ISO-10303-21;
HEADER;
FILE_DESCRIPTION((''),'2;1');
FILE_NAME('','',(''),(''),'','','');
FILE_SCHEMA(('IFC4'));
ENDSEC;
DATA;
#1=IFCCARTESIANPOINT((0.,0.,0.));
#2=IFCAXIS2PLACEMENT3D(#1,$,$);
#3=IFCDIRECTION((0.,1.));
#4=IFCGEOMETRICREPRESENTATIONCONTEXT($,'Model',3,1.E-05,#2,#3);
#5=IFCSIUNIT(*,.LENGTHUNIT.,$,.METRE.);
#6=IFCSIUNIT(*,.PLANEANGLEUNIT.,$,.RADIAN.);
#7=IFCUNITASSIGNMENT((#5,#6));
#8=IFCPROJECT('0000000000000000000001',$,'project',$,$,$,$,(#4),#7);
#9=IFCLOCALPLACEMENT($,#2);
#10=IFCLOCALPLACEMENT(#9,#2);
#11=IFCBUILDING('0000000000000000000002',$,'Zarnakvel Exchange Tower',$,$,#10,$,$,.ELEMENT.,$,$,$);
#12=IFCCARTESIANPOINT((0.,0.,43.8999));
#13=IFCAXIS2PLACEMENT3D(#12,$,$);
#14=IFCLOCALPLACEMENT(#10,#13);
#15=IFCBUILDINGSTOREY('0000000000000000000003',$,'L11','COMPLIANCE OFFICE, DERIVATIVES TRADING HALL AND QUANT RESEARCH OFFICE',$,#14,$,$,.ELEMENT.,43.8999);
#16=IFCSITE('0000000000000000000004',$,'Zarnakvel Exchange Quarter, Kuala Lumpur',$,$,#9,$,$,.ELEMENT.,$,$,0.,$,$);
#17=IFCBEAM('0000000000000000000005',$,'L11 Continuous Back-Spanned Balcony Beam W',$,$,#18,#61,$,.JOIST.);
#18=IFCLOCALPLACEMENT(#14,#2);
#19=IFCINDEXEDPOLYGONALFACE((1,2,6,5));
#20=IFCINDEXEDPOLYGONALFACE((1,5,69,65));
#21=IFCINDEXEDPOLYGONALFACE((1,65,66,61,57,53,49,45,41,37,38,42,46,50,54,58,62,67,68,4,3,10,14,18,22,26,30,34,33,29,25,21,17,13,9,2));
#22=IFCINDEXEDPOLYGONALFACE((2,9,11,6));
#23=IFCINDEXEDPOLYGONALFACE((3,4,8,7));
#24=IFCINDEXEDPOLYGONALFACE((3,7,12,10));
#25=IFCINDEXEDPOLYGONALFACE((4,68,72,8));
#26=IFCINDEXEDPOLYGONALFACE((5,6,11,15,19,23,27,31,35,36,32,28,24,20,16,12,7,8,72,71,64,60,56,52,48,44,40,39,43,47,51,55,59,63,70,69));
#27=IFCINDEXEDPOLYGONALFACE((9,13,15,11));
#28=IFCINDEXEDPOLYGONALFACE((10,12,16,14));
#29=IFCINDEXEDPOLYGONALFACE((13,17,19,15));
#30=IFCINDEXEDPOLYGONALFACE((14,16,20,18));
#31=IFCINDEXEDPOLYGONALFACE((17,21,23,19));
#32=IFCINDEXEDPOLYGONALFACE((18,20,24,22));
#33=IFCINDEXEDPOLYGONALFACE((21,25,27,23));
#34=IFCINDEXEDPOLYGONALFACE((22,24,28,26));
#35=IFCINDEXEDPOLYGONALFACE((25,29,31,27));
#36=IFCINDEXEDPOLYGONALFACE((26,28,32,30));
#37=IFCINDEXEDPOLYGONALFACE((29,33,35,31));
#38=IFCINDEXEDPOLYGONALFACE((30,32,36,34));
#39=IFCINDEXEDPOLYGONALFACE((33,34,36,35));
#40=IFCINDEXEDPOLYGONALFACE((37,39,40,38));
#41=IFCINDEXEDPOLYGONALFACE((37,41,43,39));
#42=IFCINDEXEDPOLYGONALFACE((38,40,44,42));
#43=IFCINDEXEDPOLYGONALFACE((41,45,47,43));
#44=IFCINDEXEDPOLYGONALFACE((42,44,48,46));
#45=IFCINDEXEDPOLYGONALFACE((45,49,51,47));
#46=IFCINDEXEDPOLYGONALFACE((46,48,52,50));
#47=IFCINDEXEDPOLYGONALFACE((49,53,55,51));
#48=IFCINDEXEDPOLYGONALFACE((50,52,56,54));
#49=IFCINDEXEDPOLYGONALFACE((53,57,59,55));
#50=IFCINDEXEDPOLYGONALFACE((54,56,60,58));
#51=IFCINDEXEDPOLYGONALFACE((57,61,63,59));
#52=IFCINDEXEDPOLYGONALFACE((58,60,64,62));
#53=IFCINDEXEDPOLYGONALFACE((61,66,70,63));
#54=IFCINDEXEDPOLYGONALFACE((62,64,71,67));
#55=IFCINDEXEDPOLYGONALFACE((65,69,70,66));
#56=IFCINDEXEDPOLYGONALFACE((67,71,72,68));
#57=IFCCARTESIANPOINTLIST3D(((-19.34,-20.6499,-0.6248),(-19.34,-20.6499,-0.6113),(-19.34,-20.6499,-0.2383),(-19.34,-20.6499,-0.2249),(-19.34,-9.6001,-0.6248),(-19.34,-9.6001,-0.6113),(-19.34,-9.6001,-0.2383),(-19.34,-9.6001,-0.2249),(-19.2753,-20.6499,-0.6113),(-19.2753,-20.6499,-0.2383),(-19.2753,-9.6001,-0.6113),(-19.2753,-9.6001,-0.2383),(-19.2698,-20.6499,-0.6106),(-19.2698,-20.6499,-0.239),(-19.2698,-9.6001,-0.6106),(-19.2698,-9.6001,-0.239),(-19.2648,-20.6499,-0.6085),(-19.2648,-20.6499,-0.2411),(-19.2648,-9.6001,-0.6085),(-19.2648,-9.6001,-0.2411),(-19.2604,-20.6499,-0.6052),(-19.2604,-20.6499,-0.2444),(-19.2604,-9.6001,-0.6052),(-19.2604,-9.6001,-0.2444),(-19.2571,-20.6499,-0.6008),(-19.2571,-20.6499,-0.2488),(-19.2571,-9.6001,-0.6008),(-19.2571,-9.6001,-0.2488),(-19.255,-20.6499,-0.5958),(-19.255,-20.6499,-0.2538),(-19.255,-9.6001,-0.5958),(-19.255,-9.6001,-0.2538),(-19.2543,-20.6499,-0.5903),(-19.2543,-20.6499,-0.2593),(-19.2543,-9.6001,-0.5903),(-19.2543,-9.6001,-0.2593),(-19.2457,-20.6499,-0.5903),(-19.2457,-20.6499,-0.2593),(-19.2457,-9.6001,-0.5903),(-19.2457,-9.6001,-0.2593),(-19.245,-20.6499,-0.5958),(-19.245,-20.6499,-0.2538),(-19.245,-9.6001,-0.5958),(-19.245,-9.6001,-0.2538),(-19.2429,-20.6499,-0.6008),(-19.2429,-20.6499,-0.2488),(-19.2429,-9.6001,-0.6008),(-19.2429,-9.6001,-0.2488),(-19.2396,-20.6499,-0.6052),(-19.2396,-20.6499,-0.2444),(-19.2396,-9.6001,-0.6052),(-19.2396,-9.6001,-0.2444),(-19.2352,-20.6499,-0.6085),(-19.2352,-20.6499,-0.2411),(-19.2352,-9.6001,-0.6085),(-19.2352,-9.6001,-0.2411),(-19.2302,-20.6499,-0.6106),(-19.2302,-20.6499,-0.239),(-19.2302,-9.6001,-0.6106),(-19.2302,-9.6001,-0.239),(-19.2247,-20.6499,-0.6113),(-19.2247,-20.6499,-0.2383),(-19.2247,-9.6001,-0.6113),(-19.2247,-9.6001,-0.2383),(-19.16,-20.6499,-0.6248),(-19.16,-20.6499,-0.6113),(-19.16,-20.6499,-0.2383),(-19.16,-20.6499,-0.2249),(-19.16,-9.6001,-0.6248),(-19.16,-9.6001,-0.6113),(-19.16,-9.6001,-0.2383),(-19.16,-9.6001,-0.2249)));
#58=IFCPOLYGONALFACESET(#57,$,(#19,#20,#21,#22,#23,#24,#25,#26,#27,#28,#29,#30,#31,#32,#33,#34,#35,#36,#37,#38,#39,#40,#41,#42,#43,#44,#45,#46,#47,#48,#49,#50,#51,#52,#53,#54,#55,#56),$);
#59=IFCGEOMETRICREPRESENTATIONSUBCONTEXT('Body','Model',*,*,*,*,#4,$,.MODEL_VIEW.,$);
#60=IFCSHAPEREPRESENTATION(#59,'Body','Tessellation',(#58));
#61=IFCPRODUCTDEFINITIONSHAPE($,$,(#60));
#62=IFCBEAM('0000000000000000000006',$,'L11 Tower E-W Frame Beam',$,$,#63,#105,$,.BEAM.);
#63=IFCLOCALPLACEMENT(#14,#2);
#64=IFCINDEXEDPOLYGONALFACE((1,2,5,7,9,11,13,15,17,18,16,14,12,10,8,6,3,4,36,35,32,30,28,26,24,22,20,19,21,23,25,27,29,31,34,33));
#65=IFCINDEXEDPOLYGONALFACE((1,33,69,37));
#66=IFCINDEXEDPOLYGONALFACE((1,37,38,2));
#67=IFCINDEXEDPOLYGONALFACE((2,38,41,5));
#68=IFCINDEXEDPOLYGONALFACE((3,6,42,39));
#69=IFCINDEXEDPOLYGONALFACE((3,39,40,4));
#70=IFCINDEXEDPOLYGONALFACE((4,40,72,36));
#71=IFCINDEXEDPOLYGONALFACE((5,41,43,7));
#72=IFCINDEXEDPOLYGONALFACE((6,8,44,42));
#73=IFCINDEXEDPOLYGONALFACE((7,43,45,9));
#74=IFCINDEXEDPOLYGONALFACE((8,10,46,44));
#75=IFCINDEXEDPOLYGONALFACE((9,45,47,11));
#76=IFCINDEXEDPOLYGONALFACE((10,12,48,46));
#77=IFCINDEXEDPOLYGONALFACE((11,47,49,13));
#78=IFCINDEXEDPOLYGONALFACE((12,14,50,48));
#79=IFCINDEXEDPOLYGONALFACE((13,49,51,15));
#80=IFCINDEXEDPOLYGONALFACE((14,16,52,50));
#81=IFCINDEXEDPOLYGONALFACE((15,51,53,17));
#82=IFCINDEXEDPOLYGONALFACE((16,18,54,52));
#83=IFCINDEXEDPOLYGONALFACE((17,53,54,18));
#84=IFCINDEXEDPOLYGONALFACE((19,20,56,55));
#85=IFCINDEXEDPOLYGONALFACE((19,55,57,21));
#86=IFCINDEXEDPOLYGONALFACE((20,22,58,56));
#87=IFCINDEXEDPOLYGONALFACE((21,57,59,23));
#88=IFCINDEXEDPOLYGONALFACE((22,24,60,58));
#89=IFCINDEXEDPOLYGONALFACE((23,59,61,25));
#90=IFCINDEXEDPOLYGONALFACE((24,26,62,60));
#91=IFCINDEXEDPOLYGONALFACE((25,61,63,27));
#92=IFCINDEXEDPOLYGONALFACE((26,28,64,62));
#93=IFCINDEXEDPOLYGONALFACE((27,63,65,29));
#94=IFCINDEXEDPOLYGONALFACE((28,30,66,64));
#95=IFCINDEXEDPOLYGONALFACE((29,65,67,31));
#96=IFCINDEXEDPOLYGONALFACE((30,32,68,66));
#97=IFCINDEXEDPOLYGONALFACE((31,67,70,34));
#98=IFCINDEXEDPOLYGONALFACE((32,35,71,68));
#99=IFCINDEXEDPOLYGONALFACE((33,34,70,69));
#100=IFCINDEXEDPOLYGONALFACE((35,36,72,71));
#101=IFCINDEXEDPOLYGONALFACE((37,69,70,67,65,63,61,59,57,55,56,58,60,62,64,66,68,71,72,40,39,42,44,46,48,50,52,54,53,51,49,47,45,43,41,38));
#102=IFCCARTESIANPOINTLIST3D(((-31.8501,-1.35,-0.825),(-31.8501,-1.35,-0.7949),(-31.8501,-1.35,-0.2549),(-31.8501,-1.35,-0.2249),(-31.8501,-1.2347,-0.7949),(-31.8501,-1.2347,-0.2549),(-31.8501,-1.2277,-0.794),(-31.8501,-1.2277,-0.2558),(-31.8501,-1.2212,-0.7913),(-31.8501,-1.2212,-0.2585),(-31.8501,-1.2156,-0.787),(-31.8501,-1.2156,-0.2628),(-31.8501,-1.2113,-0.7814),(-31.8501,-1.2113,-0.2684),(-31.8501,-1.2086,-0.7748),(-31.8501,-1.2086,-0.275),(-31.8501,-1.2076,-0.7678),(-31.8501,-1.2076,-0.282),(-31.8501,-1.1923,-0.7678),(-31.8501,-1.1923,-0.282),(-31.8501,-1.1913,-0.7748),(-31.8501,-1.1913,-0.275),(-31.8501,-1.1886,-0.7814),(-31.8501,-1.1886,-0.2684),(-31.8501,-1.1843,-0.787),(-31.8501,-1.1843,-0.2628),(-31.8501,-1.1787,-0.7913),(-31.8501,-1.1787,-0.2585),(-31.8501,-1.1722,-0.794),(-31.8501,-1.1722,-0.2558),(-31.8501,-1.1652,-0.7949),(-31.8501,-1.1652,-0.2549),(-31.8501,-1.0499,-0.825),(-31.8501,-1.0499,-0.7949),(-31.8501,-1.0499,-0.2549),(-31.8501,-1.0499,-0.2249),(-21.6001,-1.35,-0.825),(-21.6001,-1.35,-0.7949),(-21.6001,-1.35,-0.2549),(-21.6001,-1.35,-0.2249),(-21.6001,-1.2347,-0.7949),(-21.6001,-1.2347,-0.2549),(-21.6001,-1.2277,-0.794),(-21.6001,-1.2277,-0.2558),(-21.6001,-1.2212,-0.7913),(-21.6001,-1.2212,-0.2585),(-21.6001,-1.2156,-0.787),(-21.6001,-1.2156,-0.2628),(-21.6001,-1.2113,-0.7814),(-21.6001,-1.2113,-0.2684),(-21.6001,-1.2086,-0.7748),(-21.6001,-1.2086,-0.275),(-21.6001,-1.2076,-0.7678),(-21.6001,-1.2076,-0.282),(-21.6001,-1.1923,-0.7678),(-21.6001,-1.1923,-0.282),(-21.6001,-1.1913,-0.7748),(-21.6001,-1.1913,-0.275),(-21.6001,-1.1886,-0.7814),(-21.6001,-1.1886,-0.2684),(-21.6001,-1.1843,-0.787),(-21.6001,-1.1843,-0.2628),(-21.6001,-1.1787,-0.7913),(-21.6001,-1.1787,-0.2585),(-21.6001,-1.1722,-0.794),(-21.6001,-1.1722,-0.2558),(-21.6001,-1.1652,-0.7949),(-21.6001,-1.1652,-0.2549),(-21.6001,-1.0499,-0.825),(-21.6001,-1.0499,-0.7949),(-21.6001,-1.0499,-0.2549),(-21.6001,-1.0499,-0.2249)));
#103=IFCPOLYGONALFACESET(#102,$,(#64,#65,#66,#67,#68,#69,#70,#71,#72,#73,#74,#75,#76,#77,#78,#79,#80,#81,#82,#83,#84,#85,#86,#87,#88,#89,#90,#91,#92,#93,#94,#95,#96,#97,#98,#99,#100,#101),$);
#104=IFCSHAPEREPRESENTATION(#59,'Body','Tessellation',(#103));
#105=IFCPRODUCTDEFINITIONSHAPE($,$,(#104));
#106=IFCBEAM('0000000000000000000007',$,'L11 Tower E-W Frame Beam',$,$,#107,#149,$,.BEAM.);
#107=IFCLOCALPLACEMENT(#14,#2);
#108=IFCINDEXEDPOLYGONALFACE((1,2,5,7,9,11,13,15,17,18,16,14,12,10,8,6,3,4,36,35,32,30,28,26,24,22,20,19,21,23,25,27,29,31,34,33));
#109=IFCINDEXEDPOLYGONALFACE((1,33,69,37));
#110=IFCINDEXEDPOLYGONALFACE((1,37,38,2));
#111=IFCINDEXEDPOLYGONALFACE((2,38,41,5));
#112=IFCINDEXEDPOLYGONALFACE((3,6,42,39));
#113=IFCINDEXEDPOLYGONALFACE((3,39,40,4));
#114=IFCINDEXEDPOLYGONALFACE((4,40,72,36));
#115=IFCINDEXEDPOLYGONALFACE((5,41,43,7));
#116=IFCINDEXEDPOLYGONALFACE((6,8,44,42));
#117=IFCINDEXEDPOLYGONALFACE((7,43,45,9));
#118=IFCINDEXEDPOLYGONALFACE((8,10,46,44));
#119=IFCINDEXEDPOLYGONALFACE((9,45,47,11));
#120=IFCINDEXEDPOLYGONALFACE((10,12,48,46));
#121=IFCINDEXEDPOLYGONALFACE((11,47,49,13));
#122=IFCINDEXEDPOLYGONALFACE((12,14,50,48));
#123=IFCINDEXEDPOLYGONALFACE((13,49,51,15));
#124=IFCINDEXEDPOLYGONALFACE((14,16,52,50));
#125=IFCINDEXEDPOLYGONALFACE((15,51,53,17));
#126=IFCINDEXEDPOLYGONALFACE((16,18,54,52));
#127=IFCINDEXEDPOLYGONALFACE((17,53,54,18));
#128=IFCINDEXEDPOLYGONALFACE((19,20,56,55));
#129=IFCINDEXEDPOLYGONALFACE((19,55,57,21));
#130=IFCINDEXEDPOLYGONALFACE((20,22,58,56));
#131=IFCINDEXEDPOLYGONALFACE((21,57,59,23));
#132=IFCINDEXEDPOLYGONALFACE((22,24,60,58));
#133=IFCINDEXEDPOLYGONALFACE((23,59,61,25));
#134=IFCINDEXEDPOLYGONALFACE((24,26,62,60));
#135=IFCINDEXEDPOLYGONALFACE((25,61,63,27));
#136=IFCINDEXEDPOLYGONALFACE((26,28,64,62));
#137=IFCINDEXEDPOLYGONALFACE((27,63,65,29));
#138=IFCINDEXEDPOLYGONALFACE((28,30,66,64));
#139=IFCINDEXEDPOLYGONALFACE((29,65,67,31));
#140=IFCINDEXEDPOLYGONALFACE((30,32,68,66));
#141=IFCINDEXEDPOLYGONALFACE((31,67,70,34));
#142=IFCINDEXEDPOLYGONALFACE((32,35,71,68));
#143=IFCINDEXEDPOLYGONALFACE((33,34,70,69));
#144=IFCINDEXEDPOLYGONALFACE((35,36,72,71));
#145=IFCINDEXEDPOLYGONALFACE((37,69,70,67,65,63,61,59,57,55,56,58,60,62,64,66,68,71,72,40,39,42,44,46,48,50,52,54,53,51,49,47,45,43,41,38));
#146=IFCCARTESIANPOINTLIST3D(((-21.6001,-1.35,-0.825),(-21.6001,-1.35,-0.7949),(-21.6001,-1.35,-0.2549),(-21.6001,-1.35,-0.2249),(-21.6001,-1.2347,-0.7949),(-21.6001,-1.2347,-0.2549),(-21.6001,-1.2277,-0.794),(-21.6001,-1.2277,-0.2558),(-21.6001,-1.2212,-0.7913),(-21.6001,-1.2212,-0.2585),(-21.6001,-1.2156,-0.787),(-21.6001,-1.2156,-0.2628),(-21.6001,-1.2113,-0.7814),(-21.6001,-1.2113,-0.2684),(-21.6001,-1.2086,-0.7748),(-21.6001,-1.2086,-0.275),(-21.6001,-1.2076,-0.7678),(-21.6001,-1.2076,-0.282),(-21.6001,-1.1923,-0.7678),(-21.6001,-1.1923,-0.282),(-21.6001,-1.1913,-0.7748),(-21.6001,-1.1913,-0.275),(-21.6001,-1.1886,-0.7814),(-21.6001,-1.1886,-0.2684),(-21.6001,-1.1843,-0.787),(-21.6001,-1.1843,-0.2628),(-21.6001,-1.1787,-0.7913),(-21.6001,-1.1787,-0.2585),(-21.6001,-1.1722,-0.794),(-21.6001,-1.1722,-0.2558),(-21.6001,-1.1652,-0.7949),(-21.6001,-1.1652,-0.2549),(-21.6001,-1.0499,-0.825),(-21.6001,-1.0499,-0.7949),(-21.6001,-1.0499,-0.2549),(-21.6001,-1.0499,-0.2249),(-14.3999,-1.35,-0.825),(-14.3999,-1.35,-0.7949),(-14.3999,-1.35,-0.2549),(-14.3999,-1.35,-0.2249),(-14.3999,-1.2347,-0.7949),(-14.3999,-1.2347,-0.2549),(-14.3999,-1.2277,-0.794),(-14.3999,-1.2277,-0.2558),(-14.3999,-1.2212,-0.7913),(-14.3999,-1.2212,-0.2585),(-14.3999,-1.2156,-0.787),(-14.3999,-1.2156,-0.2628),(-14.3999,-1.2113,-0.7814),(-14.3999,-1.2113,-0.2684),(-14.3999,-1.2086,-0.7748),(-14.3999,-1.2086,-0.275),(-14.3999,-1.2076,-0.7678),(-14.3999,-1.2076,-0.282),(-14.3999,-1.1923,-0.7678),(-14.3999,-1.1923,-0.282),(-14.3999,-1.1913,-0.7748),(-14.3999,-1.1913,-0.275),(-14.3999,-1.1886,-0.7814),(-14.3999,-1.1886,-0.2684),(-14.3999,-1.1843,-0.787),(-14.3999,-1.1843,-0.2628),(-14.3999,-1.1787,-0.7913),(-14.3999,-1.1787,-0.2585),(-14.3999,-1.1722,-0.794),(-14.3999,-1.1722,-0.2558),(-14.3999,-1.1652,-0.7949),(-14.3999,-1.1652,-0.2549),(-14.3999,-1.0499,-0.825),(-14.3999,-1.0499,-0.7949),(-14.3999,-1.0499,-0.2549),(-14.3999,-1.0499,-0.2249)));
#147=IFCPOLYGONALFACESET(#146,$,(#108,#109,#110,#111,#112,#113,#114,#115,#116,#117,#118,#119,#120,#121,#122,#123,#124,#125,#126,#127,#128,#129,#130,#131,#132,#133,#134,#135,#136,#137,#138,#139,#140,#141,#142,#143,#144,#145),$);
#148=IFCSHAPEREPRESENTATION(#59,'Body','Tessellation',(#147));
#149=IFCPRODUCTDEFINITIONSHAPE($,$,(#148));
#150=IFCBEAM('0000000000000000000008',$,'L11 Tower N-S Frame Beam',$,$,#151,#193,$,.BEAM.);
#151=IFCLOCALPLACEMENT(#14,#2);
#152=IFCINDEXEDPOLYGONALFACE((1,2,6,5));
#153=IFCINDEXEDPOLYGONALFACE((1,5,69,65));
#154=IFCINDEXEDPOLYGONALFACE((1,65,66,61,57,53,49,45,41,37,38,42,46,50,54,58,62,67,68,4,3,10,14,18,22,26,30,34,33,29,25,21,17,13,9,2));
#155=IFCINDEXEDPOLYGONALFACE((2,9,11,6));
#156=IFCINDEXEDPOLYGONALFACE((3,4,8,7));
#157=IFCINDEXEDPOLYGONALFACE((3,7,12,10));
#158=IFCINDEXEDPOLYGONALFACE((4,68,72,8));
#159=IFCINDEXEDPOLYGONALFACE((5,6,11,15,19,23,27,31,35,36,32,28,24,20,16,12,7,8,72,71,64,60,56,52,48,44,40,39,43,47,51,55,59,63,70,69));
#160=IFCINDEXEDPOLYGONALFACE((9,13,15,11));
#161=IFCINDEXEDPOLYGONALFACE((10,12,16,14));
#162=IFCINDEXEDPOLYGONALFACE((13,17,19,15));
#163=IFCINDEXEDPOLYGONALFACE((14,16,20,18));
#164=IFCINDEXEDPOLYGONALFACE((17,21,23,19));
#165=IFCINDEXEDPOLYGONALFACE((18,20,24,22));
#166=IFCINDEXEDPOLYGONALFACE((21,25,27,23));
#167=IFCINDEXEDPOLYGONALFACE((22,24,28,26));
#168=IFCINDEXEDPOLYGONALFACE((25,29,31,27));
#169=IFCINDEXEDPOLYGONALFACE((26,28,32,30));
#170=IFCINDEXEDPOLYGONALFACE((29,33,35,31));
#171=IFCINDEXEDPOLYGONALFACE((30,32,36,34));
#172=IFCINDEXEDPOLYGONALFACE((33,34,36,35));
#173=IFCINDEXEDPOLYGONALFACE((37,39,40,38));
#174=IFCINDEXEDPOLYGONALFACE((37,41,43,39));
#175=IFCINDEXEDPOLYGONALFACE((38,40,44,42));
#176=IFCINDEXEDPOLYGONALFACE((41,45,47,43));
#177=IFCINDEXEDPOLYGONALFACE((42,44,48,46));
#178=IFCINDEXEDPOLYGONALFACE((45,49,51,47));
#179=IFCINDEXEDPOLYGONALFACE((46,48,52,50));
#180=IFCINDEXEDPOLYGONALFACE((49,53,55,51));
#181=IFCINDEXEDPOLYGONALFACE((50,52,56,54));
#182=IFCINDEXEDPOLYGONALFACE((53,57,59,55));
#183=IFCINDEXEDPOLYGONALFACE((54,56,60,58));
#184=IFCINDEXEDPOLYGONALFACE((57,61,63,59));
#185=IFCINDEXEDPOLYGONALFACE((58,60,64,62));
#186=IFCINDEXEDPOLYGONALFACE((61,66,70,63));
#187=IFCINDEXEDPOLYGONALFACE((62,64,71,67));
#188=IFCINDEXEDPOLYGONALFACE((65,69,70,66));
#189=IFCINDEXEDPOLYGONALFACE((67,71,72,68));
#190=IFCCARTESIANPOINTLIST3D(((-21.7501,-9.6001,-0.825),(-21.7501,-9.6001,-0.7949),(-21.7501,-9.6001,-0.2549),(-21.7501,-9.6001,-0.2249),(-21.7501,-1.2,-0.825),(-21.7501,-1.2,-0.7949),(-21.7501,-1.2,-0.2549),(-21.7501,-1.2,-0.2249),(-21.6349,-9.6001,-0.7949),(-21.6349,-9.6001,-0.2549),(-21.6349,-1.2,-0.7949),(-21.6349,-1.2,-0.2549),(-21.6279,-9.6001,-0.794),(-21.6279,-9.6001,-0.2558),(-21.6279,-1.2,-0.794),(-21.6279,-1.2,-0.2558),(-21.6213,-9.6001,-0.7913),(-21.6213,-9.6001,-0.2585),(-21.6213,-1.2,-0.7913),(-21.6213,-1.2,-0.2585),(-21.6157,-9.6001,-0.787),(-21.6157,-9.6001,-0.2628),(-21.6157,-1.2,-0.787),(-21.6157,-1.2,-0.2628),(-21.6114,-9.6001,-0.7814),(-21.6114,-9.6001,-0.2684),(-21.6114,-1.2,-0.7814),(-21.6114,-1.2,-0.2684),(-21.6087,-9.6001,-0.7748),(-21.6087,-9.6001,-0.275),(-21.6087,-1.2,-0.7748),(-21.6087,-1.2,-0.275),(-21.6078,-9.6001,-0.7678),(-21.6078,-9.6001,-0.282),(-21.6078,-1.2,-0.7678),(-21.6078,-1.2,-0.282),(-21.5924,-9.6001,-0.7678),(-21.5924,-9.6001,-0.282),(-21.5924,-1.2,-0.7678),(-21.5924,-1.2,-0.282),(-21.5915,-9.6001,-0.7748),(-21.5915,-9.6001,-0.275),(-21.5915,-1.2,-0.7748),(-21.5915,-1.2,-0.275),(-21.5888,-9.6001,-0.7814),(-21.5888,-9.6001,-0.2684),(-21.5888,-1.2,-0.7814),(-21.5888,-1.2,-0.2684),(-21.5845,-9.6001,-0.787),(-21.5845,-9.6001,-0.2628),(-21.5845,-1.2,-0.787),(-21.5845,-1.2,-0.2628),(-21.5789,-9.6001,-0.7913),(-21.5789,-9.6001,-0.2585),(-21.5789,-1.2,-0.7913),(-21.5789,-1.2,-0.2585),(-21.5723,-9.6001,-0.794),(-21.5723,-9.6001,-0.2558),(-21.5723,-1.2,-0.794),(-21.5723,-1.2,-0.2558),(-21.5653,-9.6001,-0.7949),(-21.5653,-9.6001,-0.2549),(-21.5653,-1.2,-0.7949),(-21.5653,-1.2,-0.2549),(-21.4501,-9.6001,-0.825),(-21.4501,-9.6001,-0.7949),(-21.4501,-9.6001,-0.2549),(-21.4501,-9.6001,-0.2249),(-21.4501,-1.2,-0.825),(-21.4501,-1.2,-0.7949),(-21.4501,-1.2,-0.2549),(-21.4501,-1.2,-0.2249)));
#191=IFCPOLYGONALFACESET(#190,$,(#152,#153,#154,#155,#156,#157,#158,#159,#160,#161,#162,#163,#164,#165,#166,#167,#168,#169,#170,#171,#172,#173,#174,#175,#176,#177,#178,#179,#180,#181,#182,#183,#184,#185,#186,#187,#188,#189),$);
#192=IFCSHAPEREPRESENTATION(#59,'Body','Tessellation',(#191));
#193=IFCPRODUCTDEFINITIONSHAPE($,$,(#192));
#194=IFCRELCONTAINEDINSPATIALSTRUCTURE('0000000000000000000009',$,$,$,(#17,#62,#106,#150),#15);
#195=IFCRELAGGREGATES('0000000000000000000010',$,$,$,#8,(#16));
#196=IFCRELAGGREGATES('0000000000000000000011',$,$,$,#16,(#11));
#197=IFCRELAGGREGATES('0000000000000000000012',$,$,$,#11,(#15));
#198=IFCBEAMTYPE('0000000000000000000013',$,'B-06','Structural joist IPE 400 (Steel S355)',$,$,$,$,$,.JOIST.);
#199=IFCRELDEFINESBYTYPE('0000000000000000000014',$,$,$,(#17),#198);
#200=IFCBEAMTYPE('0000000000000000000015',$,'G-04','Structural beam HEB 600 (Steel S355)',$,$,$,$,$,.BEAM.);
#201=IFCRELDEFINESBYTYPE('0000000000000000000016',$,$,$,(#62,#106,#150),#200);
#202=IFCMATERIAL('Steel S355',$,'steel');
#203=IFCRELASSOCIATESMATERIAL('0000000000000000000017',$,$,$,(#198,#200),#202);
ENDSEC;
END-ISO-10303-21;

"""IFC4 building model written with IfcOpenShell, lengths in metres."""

from ifc_helpers import new_model, si_unit, direction, frame, origin, origin_2d, place, context, subcontext, project, spatial, i_section, extrude, material, material_profile, profile_set, type_object, element, save


model = new_model("IFC4")

# Units and contexts
model_context = context("Model", 3, precision=1e-05, world=origin(), true_north=direction((0.0, 1.0)))
body_context = subcontext(model_context, "Body", "Model", "MODEL_VIEW")
ifc_project = project(units=[si_unit("LENGTHUNIT", "METRE"), si_unit("PLANEANGLEUNIT", "RADIAN")], contexts=[model_context])

# Site, building, storey
site_placement = place(None, origin())
site = spatial("IfcSite", under=ifc_project, at=site_placement, Name="Zarnakvel Exchange Quarter, Kuala Lumpur", CompositionType="ELEMENT", RefElevation=0.0)
building_placement = place(site_placement, origin())
building = spatial("IfcBuilding", under=site, at=building_placement, Name="Zarnakvel Exchange Tower", CompositionType="ELEMENT")
storey_placement = place(building_placement, frame((0.0, 0.0, 43.8999)))
storey = spatial("IfcBuildingStorey", under=building, at=storey_placement, Name="L11", Description="COMPLIANCE OFFICE, DERIVATIVES TRADING HALL AND QUANT RESEARCH OFFICE", CompositionType="ELEMENT", Elevation=43.8999)

# Shared definitions
ifc_material_1 = material(Name="Steel S355", Category="steel")

# Beams
ifc_material_profile_1 = material_profile(ifc_material_1, i_section(OverallWidth=0.1799, OverallDepth=0.3999, WebThickness=0.0085, FlangeThickness=0.0134, FilletRadius=0.021, at=origin_2d()))
ifc_profile_set_1 = profile_set([ifc_material_profile_1], Name="Steel S355")
beam_type_1 = type_object("IfcBeamType", Name="B-06", Description="Structural joist IPE 400 (Steel S355)", PredefinedType="JOIST", material=ifc_profile_set_1)
beam_1_placement = place(storey_placement, frame((-19.25, -9.6001, -0.4248), z_axis=(0.0, -1.0, 0.0), x_axis=(1.0, 0.0, 0.0)))
element("IfcBeam", 1, at=beam_1_placement, inside=storey, type_object=beam_type_1, Name="L11 Continuous Back-Spanned Balcony Beam W", PredefinedType="JOIST", context=body_context, shape_type="SweptSolid", body=[
    extrude(i_section(OverallWidth=0.1799, OverallDepth=0.3999, WebThickness=0.0085, FlangeThickness=0.0134, FilletRadius=0.021, at=origin_2d()), origin(), (0.0, 0.0, 1.0), 11.0498),
])
ifc_material_profile_2 = material_profile(ifc_material_1, i_section(OverallWidth=0.3, OverallDepth=0.6001, WebThickness=0.0154, FlangeThickness=0.03, FilletRadius=0.0271, at=origin_2d()))
ifc_profile_set_2 = profile_set([ifc_material_profile_2], Name="Steel S355")
beam_type_2 = type_object("IfcBeamType", Name="G-04", Description="Structural beam HEB 600 (Steel S355)", PredefinedType="BEAM", material=ifc_profile_set_2)
beam_2_placement = place(storey_placement, frame((-31.8501, -1.2, -0.5249), z_axis=(1.0, 0.0, 0.0), x_axis=(0.0, 1.0, 0.0)))
element("IfcBeam", 2, at=beam_2_placement, inside=storey, type_object=beam_type_2, Name="L11 Tower E-W Frame Beam", PredefinedType="BEAM", context=body_context, shape_type="SweptSolid", body=[
    extrude(i_section(OverallWidth=0.3, OverallDepth=0.6001, WebThickness=0.0154, FlangeThickness=0.03, FilletRadius=0.0271, at=origin_2d()), origin(), (0.0, 0.0, 1.0), 10.25),
])
beam_3_placement = place(storey_placement, frame((-21.6001, -1.2, -0.5249), z_axis=(1.0, 0.0, 0.0), x_axis=(0.0, 1.0, 0.0)))
element("IfcBeam", 3, at=beam_3_placement, inside=storey, type_object=beam_type_2, Name="L11 Tower E-W Frame Beam", PredefinedType="BEAM", context=body_context, shape_type="SweptSolid", body=[
    extrude(i_section(OverallWidth=0.3, OverallDepth=0.6001, WebThickness=0.0154, FlangeThickness=0.03, FilletRadius=0.0271, at=origin_2d()), origin(), (0.0, 0.0, 1.0), 7.2002),
])
beam_4_placement = place(storey_placement, frame((-21.6001, -9.6001, -0.5249), z_axis=(0.0, 1.0, 0.0), x_axis=(-1.0, 0.0, 0.0)))
element("IfcBeam", 4, at=beam_4_placement, inside=storey, type_object=beam_type_2, Name="L11 Tower N-S Frame Beam", PredefinedType="BEAM", context=body_context, shape_type="SweptSolid", body=[
    extrude(i_section(OverallWidth=0.3, OverallDepth=0.6001, WebThickness=0.0154, FlangeThickness=0.03, FilletRadius=0.0271, at=origin_2d()), origin(), (0.0, 0.0, 1.0), 8.4001),
])

save(model, "model.ifc")
